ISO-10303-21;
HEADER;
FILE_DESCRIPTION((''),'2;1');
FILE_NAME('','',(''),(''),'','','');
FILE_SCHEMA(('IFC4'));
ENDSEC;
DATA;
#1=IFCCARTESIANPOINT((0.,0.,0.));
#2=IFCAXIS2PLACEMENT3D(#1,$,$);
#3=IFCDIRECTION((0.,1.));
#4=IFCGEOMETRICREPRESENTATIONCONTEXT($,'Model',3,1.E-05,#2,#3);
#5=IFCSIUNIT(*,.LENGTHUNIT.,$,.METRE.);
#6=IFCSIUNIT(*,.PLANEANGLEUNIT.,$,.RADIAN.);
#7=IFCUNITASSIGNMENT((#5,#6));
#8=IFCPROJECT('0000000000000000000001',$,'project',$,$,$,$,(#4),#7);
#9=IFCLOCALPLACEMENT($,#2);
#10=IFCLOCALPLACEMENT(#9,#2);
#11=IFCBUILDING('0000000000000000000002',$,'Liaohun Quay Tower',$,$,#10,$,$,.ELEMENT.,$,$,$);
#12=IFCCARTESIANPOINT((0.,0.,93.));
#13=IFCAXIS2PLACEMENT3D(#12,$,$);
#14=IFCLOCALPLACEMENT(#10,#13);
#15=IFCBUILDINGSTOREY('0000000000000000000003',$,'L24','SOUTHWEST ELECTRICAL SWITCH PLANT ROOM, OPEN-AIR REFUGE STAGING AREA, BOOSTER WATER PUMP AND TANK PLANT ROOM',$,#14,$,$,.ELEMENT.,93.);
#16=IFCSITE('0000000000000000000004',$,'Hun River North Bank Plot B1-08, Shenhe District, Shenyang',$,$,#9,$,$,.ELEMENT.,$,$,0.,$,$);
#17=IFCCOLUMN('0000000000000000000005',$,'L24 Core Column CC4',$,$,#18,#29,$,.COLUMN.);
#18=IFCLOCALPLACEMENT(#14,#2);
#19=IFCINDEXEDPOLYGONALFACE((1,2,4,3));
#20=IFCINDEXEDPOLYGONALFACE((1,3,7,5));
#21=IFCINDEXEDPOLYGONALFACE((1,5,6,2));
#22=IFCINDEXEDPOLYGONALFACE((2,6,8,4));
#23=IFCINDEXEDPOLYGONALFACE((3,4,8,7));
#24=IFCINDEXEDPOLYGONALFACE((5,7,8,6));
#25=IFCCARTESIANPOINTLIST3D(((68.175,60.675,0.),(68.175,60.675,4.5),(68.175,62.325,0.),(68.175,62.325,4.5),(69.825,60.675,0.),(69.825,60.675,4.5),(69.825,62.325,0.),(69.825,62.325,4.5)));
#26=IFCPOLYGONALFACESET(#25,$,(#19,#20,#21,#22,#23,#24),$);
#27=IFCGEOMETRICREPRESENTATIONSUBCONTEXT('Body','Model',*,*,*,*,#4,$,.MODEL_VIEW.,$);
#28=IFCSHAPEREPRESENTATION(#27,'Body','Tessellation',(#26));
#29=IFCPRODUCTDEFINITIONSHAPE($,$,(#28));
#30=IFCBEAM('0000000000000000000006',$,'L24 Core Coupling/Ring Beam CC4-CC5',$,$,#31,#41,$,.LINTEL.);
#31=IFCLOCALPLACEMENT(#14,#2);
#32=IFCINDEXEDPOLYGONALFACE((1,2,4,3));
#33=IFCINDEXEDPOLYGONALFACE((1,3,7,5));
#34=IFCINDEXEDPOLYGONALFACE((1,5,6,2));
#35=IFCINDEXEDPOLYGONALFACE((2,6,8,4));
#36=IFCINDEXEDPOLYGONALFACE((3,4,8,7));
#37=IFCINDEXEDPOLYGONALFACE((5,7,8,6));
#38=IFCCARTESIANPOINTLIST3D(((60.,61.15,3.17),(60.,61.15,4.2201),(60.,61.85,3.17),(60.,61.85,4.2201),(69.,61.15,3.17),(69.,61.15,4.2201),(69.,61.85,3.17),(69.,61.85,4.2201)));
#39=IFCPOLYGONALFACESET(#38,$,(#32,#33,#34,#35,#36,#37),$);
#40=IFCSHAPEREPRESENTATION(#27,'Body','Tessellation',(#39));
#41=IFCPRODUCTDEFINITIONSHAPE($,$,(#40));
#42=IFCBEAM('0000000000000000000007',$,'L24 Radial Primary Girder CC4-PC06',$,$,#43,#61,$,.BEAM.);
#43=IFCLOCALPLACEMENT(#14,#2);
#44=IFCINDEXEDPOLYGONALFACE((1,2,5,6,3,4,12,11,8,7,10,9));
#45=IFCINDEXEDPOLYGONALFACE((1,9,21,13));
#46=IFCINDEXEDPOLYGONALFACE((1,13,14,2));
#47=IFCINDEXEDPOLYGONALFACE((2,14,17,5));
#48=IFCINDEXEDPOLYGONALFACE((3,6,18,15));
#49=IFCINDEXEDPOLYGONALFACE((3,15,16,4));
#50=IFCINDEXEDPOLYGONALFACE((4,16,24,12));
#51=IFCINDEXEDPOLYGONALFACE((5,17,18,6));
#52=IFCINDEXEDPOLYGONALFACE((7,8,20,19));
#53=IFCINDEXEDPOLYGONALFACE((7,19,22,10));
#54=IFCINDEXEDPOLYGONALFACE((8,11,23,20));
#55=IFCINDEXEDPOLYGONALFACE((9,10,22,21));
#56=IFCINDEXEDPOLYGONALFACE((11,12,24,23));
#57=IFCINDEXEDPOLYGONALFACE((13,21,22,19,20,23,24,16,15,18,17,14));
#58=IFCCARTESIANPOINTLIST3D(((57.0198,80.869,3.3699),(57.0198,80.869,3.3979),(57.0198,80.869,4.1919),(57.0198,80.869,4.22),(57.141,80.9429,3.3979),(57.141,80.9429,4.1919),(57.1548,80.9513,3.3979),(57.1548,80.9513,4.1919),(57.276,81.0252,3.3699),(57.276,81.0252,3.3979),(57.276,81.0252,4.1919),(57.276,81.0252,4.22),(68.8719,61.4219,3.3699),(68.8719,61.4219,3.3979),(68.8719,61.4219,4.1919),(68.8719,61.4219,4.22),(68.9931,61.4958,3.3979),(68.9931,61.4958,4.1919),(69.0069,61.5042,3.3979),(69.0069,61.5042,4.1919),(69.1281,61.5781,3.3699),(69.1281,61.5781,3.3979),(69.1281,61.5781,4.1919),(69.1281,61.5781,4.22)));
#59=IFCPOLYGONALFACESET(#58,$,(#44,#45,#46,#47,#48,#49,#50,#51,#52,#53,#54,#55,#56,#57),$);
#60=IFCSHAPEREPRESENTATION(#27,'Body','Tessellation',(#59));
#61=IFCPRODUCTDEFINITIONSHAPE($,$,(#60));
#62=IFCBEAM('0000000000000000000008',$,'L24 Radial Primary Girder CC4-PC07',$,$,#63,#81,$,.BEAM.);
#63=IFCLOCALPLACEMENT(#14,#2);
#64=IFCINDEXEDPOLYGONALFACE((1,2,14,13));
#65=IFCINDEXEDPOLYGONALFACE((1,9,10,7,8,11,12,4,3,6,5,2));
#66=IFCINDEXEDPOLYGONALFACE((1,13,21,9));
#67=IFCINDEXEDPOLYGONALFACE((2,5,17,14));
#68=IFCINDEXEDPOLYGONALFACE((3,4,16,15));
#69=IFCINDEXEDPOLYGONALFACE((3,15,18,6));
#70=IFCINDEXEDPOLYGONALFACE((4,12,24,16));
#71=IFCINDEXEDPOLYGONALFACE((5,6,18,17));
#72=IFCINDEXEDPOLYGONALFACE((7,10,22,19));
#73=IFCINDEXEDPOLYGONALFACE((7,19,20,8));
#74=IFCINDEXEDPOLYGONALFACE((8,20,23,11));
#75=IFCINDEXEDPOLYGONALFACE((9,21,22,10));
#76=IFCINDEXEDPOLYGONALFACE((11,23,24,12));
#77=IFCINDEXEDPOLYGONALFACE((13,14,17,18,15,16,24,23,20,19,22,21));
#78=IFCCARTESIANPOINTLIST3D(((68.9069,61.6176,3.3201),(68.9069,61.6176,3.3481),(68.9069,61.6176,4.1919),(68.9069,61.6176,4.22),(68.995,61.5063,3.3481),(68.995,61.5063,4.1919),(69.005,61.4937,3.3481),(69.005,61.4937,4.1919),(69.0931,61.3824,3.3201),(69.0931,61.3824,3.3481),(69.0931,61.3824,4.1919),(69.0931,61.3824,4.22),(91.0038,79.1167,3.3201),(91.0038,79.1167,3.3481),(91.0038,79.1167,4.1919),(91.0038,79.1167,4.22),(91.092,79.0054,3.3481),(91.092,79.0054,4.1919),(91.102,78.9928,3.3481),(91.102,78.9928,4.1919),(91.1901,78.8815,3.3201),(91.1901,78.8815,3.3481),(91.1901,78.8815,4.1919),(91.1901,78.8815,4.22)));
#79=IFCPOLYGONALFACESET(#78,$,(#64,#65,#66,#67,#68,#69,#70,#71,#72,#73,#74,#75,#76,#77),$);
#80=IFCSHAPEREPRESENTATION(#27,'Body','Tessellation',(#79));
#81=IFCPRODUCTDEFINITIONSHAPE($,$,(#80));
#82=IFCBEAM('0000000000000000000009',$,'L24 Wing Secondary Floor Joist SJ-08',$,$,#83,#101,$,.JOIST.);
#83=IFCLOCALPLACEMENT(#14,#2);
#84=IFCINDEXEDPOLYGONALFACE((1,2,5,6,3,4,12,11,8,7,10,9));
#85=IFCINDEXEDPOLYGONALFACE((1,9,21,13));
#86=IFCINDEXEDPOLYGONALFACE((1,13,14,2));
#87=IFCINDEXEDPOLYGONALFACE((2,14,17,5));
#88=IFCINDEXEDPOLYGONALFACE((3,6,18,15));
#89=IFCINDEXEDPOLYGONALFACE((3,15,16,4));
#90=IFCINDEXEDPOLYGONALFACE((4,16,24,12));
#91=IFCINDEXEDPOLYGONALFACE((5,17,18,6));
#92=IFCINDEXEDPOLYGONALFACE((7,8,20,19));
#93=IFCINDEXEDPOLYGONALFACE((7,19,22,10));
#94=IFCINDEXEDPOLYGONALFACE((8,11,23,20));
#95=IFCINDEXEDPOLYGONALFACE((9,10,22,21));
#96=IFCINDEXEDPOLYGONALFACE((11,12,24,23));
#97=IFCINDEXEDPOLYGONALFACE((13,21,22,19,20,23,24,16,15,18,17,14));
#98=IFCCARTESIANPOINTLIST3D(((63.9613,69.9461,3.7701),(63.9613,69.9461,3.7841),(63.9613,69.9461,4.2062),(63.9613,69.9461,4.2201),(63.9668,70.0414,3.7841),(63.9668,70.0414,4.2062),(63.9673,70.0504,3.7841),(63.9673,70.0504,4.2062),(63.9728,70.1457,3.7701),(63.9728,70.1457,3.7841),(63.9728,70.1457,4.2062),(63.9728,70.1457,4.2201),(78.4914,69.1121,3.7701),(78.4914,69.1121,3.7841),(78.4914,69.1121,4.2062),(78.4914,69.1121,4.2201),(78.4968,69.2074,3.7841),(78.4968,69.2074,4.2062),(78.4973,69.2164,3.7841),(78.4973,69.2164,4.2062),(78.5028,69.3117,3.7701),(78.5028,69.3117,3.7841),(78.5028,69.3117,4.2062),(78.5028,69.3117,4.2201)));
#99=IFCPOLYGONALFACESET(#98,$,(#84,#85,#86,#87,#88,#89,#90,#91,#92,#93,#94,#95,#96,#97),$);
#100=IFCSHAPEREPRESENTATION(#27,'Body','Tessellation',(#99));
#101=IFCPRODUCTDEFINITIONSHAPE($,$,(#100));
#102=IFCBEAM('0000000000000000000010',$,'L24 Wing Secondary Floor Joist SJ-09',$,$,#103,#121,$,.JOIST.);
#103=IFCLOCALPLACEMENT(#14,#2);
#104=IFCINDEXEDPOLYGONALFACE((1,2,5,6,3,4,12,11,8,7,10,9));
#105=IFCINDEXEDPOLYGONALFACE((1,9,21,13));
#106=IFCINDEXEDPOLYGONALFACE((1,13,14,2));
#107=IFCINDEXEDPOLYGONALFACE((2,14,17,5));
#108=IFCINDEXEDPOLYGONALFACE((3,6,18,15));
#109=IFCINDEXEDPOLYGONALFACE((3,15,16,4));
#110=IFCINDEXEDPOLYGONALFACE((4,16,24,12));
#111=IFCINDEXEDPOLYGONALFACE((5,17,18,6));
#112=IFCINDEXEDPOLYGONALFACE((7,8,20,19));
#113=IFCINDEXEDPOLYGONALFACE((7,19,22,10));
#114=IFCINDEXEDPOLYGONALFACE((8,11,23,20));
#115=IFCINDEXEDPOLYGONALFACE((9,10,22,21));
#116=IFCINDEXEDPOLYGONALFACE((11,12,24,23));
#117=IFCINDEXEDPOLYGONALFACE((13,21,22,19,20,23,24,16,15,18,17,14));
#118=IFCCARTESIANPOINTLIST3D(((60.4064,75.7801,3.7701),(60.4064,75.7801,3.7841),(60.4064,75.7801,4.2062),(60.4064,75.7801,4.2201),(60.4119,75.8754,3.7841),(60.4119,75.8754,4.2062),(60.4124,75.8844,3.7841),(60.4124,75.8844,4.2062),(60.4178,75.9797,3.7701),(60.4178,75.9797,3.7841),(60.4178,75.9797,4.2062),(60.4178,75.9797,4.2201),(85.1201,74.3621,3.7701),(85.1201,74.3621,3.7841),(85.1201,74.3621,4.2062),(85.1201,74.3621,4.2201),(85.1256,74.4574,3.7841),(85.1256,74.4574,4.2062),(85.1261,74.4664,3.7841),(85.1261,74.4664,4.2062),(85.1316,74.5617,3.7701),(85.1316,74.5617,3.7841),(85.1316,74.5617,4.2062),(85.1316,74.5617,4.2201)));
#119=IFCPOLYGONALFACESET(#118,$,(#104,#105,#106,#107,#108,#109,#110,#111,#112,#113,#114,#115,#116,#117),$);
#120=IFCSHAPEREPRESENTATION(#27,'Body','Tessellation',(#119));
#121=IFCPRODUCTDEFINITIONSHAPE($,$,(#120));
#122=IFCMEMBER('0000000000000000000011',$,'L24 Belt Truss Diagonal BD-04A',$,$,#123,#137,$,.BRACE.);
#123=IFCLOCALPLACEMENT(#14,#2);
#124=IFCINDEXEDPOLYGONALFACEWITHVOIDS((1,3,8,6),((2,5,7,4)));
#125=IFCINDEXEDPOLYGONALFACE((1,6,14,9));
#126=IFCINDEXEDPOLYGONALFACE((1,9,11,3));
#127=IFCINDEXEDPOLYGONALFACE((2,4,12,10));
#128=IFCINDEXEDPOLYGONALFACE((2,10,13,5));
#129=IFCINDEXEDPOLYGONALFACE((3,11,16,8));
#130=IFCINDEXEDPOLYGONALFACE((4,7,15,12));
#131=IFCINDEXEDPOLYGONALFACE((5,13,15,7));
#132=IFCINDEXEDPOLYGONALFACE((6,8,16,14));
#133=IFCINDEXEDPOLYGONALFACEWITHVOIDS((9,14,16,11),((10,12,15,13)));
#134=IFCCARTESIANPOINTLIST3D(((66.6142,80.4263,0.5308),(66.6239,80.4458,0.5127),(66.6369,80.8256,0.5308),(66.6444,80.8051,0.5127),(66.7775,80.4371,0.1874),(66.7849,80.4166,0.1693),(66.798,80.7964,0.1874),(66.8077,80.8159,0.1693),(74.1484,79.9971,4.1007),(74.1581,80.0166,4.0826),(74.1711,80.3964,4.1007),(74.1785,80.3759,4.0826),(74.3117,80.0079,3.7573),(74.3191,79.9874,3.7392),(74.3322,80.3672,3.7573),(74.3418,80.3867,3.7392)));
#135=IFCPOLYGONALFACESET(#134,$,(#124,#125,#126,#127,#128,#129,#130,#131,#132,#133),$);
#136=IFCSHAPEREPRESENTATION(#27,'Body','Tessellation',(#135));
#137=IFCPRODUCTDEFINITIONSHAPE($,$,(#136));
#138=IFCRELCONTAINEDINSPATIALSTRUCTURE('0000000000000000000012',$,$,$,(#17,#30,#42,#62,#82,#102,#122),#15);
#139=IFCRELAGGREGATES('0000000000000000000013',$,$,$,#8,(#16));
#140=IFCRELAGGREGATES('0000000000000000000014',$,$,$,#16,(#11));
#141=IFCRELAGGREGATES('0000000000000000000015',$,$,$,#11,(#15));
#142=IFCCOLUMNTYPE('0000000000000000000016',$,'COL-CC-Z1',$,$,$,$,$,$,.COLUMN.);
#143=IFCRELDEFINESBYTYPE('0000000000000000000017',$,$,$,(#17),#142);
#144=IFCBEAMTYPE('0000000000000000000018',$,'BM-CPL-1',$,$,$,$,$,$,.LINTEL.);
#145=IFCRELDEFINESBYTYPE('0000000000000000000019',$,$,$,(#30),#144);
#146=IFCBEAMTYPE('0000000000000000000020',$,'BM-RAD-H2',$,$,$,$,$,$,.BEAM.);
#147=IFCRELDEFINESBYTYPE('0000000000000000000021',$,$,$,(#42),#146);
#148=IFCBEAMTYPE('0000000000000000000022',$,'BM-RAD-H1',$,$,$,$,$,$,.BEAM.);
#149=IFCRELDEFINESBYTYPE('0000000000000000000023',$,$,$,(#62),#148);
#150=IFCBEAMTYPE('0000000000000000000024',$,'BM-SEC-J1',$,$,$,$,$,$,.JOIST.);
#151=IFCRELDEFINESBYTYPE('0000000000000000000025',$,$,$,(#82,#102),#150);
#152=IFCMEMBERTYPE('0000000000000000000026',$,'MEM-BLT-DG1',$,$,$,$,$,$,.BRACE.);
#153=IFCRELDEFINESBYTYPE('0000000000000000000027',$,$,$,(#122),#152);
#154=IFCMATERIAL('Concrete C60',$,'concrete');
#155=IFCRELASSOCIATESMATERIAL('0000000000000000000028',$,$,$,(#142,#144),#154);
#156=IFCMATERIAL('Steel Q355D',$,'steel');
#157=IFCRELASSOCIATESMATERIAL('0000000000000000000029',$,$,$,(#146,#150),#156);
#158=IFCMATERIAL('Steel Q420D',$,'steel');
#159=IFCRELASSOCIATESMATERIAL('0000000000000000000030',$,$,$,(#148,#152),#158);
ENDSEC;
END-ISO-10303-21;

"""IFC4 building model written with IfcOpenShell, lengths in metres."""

from ifc_helpers import new_model, si_unit, direction, frame, origin, origin_2d, place, context, subcontext, project, spatial, rectangle, hollow_rectangle, i_section, extrude, source, transform, mapped, material, material_profile, profile_set, type_object, element, save


model = new_model("IFC4")

# Units and contexts
model_context = context("Model", 3, precision=1e-05, world=origin(), true_north=direction((0.0, 1.0)))
body_context = subcontext(model_context, "Body", "Model", "MODEL_VIEW")
ifc_project = project(units=[si_unit("LENGTHUNIT", "METRE"), si_unit("PLANEANGLEUNIT", "RADIAN")], contexts=[model_context])

# Site, building, storey
site_placement = place(None, origin())
site = spatial("IfcSite", under=ifc_project, at=site_placement, Name="Hun River North Bank Plot B1-08, Shenhe District, Shenyang", CompositionType="ELEMENT", RefElevation=0.0)
building_placement = place(site_placement, origin())
building = spatial("IfcBuilding", under=site, at=building_placement, Name="Liaohun Quay Tower", CompositionType="ELEMENT")
storey_placement = place(building_placement, frame((0.0, 0.0, 93.0)))
storey = spatial("IfcBuildingStorey", under=building, at=storey_placement, Name="L24", Description="SOUTHWEST ELECTRICAL SWITCH PLANT ROOM, OPEN-AIR REFUGE STAGING AREA, BOOSTER WATER PUMP AND TANK PLANT ROOM", CompositionType="ELEMENT", Elevation=93.0)

# Column
ifc_material_1 = material(Name="Concrete C60", Category="concrete")
ifc_material_profile_1 = material_profile(ifc_material_1, rectangle(XDim=1.6499, YDim=1.6499, at=origin_2d()), Name="RC1650x1650")
ifc_profile_set_1 = profile_set([ifc_material_profile_1], Name="Concrete C60")
column_type = type_object("IfcColumnType", Name="COL-CC-Z1", PredefinedType="COLUMN", material=ifc_profile_set_1)
shared_shape_1 = source(origin(), body_context, "Body", "SweptSolid", [
    extrude(rectangle(XDim=1.6499, YDim=1.6499, at=origin_2d()), origin(), (0.0, 0.0, 1.0), 4.5),
])
column_placement = place(storey_placement, frame((69.0, 61.5, 0.0), z_axis=(0.0, 0.0, 1.0), x_axis=(1.0, 0.0, 0.0)))
element("IfcColumn", 1, at=column_placement, inside=storey, type_object=column_type, Name="L24 Core Column CC4", PredefinedType="COLUMN", context=body_context, shape_type="MappedRepresentation", body=[
    mapped(shared_shape_1, transform((0.0, 0.0, 0.0), x_axis=(1.0, 0.0, 0.0), y_axis=(0.0, 1.0, 0.0), z_axis=(0.0, 0.0, 1.0), scale=1.0)),
])

# Beams
ifc_material_profile_2 = material_profile(ifc_material_1, rectangle(XDim=0.7, YDim=1.05, at=origin_2d()), Name="RC700x1050")
ifc_profile_set_2 = profile_set([ifc_material_profile_2], Name="Concrete C60")
beam_type_1 = type_object("IfcBeamType", Name="BM-CPL-1", PredefinedType="LINTEL", material=ifc_profile_set_2)
shared_shape_2 = source(origin(), body_context, "Body", "SweptSolid", [
    extrude(rectangle(XDim=0.7, YDim=1.05, at=origin_2d()), origin(), (0.0, 0.0, 1.0), 9.0),
])
beam_1_placement = place(storey_placement, frame((69.0, 61.5, 3.6951), z_axis=(-1.0, 0.0, 0.0), x_axis=(0.0, -1.0, 0.0)))
element("IfcBeam", 2, at=beam_1_placement, inside=storey, type_object=beam_type_1, Name="L24 Core Coupling/Ring Beam CC4-CC5", PredefinedType="LINTEL", context=body_context, shape_type="MappedRepresentation", body=[
    mapped(shared_shape_2, transform((0.0, 0.0, 0.0), x_axis=(1.0, 0.0, 0.0), y_axis=(0.0, 1.0, 0.0), z_axis=(0.0, 0.0, 1.0), scale=1.0)),
])
ifc_material_2 = material(Name="Steel Q355D", Category="steel")
ifc_material_profile_3 = material_profile(ifc_material_2, i_section(OverallWidth=0.3, OverallDepth=0.8501, WebThickness=0.0161, FlangeThickness=0.0281, at=origin_2d()), Name="HN850x300x16x28")
ifc_profile_set_3 = profile_set([ifc_material_profile_3], Name="Steel Q355D")
beam_type_2 = type_object("IfcBeamType", Name="BM-RAD-H2", PredefinedType="BEAM", material=ifc_profile_set_3)
shared_shape_3 = source(origin(), body_context, "Body", "SweptSolid", [
    extrude(i_section(OverallWidth=0.3, OverallDepth=0.8501, WebThickness=0.0161, FlangeThickness=0.0281, at=origin_2d()), origin(), (0.0, 0.0, 1.0), 22.7742),
])
beam_2_placement = place(storey_placement, frame((69.0, 61.5, 3.7949), z_axis=(-0.520419, 0.853911, 0.0), x_axis=(-0.853911, -0.520419, 0.0)))
element("IfcBeam", 3, at=beam_2_placement, inside=storey, type_object=beam_type_2, Name="L24 Radial Primary Girder CC4-PC06", PredefinedType="BEAM", context=body_context, shape_type="MappedRepresentation", body=[
    mapped(shared_shape_3, transform((0.0, 0.0, 0.0), x_axis=(1.0, 0.0, 0.0), y_axis=(0.0, 1.0, 0.0), z_axis=(0.0, 0.0, 1.0), scale=1.0)),
])
ifc_material_3 = material(Name="Steel Q420D", Category="steel")
ifc_material_profile_4 = material_profile(ifc_material_3, i_section(OverallWidth=0.3, OverallDepth=0.8999, WebThickness=0.0161, FlangeThickness=0.0281, at=origin_2d()), Name="HN900x300x16x28")
ifc_profile_set_4 = profile_set([ifc_material_profile_4], Name="Steel Q420D")
beam_type_3 = type_object("IfcBeamType", Name="BM-RAD-H1", PredefinedType="BEAM", material=ifc_profile_set_4)
shared_shape_4 = source(origin(), body_context, "Body", "SweptSolid", [
    extrude(i_section(OverallWidth=0.3, OverallDepth=0.8999, WebThickness=0.0161, FlangeThickness=0.0281, at=origin_2d()), origin(), (0.0, 0.0, 1.0), 28.1868),
])
beam_3_placement = place(storey_placement, frame((69.0, 61.5, 3.77), z_axis=(0.783949, 0.620826, 0.0), x_axis=(-0.620826, 0.783949, 0.0)))
element("IfcBeam", 4, at=beam_3_placement, inside=storey, type_object=beam_type_3, Name="L24 Radial Primary Girder CC4-PC07", PredefinedType="BEAM", context=body_context, shape_type="MappedRepresentation", body=[
    mapped(shared_shape_4, transform((0.0, 0.0, 0.0), x_axis=(1.0, 0.0, 0.0), y_axis=(0.0, 1.0, 0.0), z_axis=(0.0, 0.0, 1.0), scale=1.0)),
])
ifc_material_profile_5 = material_profile(ifc_material_2, i_section(OverallWidth=0.2, OverallDepth=0.45, WebThickness=0.009, FlangeThickness=0.0139, at=origin_2d()), Name="HN450x200x9x14")
ifc_profile_set_5 = profile_set([ifc_material_profile_5], Name="Steel Q355D")
beam_type_4 = type_object("IfcBeamType", Name="BM-SEC-J1", PredefinedType="JOIST", material=ifc_profile_set_5)
shared_shape_5 = source(origin(), body_context, "Body", "SweptSolid", [
    extrude(i_section(OverallWidth=0.2, OverallDepth=0.45, WebThickness=0.009, FlangeThickness=0.0139, at=origin_2d()), origin(), (0.0, 0.0, 1.0), 14.554),
])
beam_4_placement = place(storey_placement, frame((63.967, 70.0459, 3.9951), z_axis=(0.998357, -0.057303, 0.0), x_axis=(0.057303, 0.998357, 0.0)))
element("IfcBeam", 5, at=beam_4_placement, inside=storey, type_object=beam_type_4, Name="L24 Wing Secondary Floor Joist SJ-08", PredefinedType="JOIST", context=body_context, shape_type="MappedRepresentation", body=[
    mapped(shared_shape_5, transform((0.0, 0.0, 0.0), x_axis=(1.0, 0.0, 0.0), y_axis=(0.0, 1.0, 0.0), z_axis=(0.0, 0.0, 1.0), scale=1.0)),
])
shared_shape_6 = source(origin(), body_context, "Body", "SweptSolid", [
    extrude(i_section(OverallWidth=0.2, OverallDepth=0.45, WebThickness=0.009, FlangeThickness=0.0139, at=origin_2d()), origin(), (0.0, 0.0, 1.0), 24.7544),
])
beam_5_placement = place(storey_placement, frame((60.4121, 75.8799, 3.9951), z_axis=(0.998358, -0.057281, 0.0), x_axis=(0.057281, 0.998358, 0.0)))
element("IfcBeam", 6, at=beam_5_placement, inside=storey, type_object=beam_type_4, Name="L24 Wing Secondary Floor Joist SJ-09", PredefinedType="JOIST", context=body_context, shape_type="MappedRepresentation", body=[
    mapped(shared_shape_6, transform((0.0, 0.0, 0.0), x_axis=(1.0, 0.0, 0.0), y_axis=(0.0, 1.0, 0.0), z_axis=(0.0, 0.0, 1.0), scale=1.0)),
])

# Member
ifc_material_profile_6 = material_profile(ifc_material_3, hollow_rectangle(XDim=0.3999, YDim=0.3999, WallThickness=0.02, at=origin_2d()), Name="SHS400x400x20")
ifc_profile_set_6 = profile_set([ifc_material_profile_6], Name="Steel Q420D")
member_type = type_object("IfcMemberType", Name="MEM-BLT-DG1", PredefinedType="BRACE", material=ifc_profile_set_6)
shared_shape_7 = source(origin(), body_context, "Body", "SweptSolid", [
    extrude(hollow_rectangle(XDim=0.3999, YDim=0.3999, WallThickness=0.02, at=origin_2d()), origin(), (0.0, 0.0, 1.0), 8.3481),
])
member_placement = place(storey_placement, frame((66.7109, 80.6211, 0.3501), z_axis=(0.902496, -0.051412, 0.427618), x_axis=(0.056875, 0.998381, 0.0)))
element("IfcMember", 7, at=member_placement, inside=storey, type_object=member_type, Name="L24 Belt Truss Diagonal BD-04A", PredefinedType="BRACE", context=body_context, shape_type="MappedRepresentation", body=[
    mapped(shared_shape_7, transform((0.0, 0.0, 0.0), x_axis=(1.0, 0.0, 0.0), y_axis=(0.0, 1.0, 0.0), z_axis=(0.0, 0.0, 1.0), scale=1.0)),
])

save(model, "model.ifc")
